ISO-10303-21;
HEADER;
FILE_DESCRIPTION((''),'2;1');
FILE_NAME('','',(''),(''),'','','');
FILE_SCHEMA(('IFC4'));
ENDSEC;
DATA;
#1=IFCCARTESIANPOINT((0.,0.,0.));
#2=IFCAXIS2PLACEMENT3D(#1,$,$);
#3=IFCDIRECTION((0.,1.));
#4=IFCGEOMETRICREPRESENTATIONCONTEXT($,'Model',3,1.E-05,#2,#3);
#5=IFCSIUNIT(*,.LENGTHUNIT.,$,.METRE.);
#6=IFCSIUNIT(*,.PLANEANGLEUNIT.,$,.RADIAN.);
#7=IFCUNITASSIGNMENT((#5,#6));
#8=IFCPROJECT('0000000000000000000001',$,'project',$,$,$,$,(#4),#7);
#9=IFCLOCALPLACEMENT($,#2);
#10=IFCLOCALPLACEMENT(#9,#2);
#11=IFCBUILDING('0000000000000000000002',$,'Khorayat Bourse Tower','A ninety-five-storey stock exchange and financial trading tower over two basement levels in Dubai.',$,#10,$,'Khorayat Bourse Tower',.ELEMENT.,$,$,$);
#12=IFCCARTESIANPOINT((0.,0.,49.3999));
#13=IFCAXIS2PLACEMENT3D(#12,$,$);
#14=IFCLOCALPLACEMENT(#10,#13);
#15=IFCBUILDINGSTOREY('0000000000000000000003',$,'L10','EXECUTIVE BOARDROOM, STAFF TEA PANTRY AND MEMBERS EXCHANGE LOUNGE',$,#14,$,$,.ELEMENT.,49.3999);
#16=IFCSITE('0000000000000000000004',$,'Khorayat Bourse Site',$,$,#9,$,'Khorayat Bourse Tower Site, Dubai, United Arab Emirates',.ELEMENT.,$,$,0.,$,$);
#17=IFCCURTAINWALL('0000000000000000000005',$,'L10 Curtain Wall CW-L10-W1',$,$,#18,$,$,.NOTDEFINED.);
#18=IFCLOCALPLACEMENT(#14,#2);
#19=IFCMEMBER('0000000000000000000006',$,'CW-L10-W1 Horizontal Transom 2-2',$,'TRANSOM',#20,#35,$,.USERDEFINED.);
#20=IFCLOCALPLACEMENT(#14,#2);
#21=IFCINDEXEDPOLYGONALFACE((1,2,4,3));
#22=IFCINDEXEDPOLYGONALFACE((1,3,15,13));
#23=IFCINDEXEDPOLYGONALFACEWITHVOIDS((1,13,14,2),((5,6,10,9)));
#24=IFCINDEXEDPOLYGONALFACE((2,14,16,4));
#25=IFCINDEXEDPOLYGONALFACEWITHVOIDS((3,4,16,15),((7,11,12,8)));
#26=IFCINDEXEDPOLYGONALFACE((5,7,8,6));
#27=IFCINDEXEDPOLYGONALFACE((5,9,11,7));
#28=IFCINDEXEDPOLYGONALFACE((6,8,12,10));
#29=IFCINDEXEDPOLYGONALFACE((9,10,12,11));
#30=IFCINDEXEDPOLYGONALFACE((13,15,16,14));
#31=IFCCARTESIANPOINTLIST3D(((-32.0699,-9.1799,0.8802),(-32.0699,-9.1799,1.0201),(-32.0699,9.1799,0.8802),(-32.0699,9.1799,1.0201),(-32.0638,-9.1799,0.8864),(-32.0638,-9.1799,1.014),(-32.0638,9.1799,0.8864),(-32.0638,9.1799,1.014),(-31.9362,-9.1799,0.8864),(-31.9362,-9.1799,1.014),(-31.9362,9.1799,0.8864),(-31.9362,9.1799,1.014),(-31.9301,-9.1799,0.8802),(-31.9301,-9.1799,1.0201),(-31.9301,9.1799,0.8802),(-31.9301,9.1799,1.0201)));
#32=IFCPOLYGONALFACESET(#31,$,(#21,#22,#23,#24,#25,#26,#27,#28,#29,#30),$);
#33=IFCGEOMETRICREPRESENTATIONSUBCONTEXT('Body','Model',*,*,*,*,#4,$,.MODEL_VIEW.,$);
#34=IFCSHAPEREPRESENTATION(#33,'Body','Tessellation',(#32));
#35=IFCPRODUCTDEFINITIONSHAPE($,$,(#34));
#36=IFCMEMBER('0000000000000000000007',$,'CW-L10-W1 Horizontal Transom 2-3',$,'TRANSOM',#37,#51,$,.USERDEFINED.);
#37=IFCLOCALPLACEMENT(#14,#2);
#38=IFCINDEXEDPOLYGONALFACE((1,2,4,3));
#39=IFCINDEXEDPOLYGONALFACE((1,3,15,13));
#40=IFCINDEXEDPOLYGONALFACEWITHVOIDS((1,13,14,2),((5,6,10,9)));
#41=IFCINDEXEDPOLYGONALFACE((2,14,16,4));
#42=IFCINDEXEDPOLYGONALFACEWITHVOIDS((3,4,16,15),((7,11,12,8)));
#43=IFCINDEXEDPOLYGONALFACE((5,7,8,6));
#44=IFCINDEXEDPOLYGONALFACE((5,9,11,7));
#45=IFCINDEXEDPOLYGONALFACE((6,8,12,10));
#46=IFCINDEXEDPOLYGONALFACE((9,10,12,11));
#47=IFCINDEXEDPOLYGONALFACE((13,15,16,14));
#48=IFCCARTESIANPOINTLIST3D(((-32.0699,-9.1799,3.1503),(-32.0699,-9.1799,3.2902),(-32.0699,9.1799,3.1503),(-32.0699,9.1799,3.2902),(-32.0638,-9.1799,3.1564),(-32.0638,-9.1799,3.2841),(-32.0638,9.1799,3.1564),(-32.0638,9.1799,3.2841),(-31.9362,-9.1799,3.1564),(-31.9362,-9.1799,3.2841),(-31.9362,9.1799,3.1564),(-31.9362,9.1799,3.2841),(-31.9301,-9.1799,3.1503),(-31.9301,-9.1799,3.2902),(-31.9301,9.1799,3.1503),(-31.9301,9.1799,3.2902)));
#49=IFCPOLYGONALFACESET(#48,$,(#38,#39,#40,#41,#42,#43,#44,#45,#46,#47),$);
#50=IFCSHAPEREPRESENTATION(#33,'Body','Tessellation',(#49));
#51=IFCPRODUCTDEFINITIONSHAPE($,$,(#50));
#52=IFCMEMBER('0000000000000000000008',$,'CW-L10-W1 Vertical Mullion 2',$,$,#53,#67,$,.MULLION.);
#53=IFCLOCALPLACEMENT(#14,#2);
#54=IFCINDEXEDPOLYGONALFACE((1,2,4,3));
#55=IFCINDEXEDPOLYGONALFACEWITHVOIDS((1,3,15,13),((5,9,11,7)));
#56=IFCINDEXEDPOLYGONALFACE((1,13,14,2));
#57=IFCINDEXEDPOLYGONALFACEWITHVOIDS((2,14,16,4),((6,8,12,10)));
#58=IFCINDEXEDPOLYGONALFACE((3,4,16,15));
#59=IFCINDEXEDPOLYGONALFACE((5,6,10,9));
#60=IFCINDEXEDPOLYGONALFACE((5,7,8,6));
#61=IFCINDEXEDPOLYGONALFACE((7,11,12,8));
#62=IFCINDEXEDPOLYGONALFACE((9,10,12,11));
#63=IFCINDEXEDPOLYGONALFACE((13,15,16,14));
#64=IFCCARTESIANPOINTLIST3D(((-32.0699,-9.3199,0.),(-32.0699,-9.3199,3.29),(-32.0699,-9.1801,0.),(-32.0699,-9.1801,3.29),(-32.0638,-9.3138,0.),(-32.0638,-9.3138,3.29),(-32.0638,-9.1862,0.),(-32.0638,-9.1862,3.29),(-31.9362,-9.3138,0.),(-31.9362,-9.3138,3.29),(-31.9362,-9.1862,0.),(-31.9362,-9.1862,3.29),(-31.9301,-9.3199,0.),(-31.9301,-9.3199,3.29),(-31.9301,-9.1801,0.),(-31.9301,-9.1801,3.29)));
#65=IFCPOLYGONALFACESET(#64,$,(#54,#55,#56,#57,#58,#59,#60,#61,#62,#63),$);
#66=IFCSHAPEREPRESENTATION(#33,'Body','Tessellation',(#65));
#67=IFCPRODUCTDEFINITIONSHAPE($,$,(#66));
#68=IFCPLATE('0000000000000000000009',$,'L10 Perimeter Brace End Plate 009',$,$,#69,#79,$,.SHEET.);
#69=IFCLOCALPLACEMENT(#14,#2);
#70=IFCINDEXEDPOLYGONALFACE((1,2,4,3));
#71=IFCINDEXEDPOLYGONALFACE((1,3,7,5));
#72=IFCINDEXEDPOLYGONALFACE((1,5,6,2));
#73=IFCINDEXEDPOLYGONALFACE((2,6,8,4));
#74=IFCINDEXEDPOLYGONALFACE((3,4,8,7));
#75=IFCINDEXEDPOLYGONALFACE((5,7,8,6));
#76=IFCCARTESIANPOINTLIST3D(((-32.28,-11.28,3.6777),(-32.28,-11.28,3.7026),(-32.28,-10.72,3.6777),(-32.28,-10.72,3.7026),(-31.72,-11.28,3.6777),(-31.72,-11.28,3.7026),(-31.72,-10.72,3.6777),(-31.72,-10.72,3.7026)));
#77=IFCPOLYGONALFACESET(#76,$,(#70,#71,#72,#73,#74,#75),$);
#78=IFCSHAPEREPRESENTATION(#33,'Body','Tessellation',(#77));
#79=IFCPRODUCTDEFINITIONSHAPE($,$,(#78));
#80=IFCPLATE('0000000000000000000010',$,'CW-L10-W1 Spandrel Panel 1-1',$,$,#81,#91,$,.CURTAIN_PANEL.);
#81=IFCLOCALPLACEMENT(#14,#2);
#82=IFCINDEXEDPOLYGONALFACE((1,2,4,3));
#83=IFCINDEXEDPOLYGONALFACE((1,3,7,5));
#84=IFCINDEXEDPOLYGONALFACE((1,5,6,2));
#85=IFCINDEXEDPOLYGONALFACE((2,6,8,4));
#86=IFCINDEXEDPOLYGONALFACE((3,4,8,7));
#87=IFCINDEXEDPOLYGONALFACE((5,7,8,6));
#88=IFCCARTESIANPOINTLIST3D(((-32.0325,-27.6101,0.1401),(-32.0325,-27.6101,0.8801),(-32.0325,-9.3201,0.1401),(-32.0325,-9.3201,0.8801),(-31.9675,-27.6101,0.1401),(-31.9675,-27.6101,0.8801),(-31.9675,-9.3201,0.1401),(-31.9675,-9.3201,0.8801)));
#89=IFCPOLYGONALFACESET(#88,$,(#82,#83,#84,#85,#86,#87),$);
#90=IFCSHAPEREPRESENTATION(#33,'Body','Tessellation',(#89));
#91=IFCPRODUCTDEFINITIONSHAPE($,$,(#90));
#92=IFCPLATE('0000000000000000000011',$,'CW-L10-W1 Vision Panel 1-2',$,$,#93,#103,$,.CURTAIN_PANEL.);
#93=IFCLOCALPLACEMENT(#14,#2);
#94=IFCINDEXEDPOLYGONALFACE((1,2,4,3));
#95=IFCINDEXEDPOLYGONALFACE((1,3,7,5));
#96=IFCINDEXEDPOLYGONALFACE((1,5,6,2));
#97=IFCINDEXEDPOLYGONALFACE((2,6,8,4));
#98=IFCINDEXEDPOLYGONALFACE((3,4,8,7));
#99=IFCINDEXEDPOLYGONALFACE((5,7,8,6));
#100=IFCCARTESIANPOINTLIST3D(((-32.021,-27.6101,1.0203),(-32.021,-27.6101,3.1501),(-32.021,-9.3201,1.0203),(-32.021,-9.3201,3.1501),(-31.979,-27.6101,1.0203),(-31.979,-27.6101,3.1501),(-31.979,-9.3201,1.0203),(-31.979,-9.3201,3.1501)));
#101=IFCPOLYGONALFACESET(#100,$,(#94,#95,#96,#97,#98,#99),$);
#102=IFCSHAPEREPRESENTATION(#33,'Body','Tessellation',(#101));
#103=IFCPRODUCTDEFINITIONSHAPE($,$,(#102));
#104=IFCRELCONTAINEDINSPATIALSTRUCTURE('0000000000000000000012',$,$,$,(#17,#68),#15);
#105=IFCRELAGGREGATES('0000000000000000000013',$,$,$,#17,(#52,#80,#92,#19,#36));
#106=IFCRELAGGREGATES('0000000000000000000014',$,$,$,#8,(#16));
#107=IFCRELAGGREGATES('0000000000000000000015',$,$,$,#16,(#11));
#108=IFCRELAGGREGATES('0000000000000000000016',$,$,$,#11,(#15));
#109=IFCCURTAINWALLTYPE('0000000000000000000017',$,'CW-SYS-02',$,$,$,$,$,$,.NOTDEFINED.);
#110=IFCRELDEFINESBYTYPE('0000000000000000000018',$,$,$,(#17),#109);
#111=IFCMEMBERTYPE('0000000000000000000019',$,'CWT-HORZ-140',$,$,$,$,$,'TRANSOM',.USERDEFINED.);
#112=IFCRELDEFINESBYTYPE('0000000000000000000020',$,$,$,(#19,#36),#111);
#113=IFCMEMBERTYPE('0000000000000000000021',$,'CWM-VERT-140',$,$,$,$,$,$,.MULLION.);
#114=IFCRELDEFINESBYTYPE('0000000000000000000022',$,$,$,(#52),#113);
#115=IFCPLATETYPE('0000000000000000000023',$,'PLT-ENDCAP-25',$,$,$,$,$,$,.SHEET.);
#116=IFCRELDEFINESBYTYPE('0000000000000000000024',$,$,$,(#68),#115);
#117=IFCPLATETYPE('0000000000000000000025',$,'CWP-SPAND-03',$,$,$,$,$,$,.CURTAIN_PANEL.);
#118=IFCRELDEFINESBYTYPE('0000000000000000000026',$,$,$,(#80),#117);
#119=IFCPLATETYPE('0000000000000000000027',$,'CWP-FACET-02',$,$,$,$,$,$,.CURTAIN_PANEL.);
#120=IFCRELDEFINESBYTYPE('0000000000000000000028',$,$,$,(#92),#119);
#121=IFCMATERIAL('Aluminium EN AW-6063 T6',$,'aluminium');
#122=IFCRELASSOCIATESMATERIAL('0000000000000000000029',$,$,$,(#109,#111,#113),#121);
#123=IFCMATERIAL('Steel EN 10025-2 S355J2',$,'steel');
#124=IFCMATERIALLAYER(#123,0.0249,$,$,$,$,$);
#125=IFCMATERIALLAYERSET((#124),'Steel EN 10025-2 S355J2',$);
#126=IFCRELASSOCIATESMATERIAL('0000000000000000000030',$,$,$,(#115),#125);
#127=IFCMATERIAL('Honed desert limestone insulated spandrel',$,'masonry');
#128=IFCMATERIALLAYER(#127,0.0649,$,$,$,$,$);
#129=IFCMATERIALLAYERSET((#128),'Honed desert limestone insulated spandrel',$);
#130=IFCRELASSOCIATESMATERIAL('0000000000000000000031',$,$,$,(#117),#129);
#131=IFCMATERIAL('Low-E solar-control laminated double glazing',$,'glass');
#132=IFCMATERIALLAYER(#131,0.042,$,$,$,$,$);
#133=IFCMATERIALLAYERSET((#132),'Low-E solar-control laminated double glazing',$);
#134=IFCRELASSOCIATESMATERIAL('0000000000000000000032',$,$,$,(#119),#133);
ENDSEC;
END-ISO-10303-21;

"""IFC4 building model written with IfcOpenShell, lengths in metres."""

from ifc_helpers import new_model, si_unit, direction, frame, origin, origin_2d, place, context, subcontext, project, spatial, rectangle, hollow_rectangle, extrude, source, transform, mapped, material, layer, layer_set, material_profile, profile_set, type_object, element, aggregate, save


model = new_model("IFC4")

# Units and contexts
model_context = context("Model", 3, precision=1e-05, world=origin(), true_north=direction((0.0, 1.0)))
body_context = subcontext(model_context, "Body", "Model", "MODEL_VIEW")
ifc_project = project(units=[si_unit("LENGTHUNIT", "METRE"), si_unit("PLANEANGLEUNIT", "RADIAN")], contexts=[model_context])

# Site, building, storey
site_placement = place(None, origin())
site = spatial("IfcSite", under=ifc_project, at=site_placement, Name="Khorayat Bourse Site", LongName="Khorayat Bourse Tower Site, Dubai, United Arab Emirates", CompositionType="ELEMENT", RefElevation=0.0)
building_placement = place(site_placement, origin())
building = spatial("IfcBuilding", under=site, at=building_placement, Name="Khorayat Bourse Tower", Description="A ninety-five-storey stock exchange and financial trading tower over two basement levels in Dubai.", LongName="Khorayat Bourse Tower", CompositionType="ELEMENT")
storey_placement = place(building_placement, frame((0.0, 0.0, 49.3999)))
storey = spatial("IfcBuildingStorey", under=building, at=storey_placement, Name="L10", Description="EXECUTIVE BOARDROOM, STAFF TEA PANTRY AND MEMBERS EXCHANGE LOUNGE", CompositionType="ELEMENT", Elevation=49.3999)

# Curtain wall, members
ifc_material_1 = material(Name="Aluminium EN AW-6063 T6", Category="aluminium")
curtain_wall_type = type_object("IfcCurtainWallType", Name="CW-SYS-02", PredefinedType="NOTDEFINED", material=ifc_material_1)
curtain_wall_placement = place(storey_placement, origin())
curtain_wall = element("IfcCurtainWall", 1, at=curtain_wall_placement, inside=storey, type_object=curtain_wall_type, Name="L10 Curtain Wall CW-L10-W1", PredefinedType="NOTDEFINED")
ifc_material_profile_1 = material_profile(ifc_material_1, hollow_rectangle(XDim=0.1399, YDim=0.1399, WallThickness=0.0061, at=origin_2d()), Name="ALU 140x140x6")
ifc_profile_set_1 = profile_set([ifc_material_profile_1], Name="Aluminium EN AW-6063 T6")
member_type_1 = type_object("IfcMemberType", Name="CWT-HORZ-140", ElementType="TRANSOM", PredefinedType="USERDEFINED", material=ifc_profile_set_1)
shared_shape_1 = source(origin(), body_context, "Body", "SweptSolid", [
    extrude(hollow_rectangle(XDim=0.1399, YDim=0.1399, WallThickness=0.0061, at=origin_2d()), origin(), (0.0, 0.0, 1.0), 18.3599),
])
member_1_placement = place(storey_placement, frame((-32.0, -9.1799, 0.9502), z_axis=(0.0, 1.0, 0.0), x_axis=(-1.0, 0.0, 0.0)))
member_1 = element("IfcMember", 2, at=member_1_placement, type_object=member_type_1, Name="CW-L10-W1 Horizontal Transom 2-2", ObjectType="TRANSOM", PredefinedType="USERDEFINED", context=body_context, shape_type="MappedRepresentation", body=[
    mapped(shared_shape_1, transform((0.0, 0.0, 0.0), scale=1.0)),
])
member_2_placement = place(storey_placement, frame((-32.0, -9.1799, 3.2202), z_axis=(0.0, 1.0, 0.0), x_axis=(-1.0, 0.0, 0.0)))
member_2 = element("IfcMember", 3, at=member_2_placement, type_object=member_type_1, Name="CW-L10-W1 Horizontal Transom 2-3", ObjectType="TRANSOM", PredefinedType="USERDEFINED", context=body_context, shape_type="MappedRepresentation", body=[
    mapped(shared_shape_1, transform((0.0, 0.0, 0.0), scale=1.0)),
])
ifc_material_profile_2 = material_profile(ifc_material_1, hollow_rectangle(XDim=0.1399, YDim=0.1399, WallThickness=0.0061, at=origin_2d()), Name="ALU 140x140x6")
ifc_profile_set_2 = profile_set([ifc_material_profile_2], Name="Aluminium EN AW-6063 T6")
member_type_2 = type_object("IfcMemberType", Name="CWM-VERT-140", PredefinedType="MULLION", material=ifc_profile_set_2)
shared_shape_2 = source(origin(), body_context, "Body", "SweptSolid", [
    extrude(hollow_rectangle(XDim=0.1399, YDim=0.1399, WallThickness=0.0061, at=origin_2d()), origin(), (0.0, 0.0, 1.0), 3.29),
])
member_3_placement = place(storey_placement, frame((-32.0, -9.25, 0.0), z_axis=(0.0, 0.0, 1.0), x_axis=(-1.0, 0.0, 0.0)))
member_3 = element("IfcMember", 4, at=member_3_placement, type_object=member_type_2, Name="CW-L10-W1 Vertical Mullion 2", PredefinedType="MULLION", context=body_context, shape_type="MappedRepresentation", body=[
    mapped(shared_shape_2, transform((0.0, 0.0, 0.0), scale=1.0)),
])

# Plates
ifc_material_2 = material(Name="Steel EN 10025-2 S355J2", Category="steel")
ifc_layer_1 = layer(ifc_material_2, 0.0249)
ifc_layer_set_1 = layer_set([ifc_layer_1], Name="Steel EN 10025-2 S355J2")
plate_type_1 = type_object("IfcPlateType", Name="PLT-ENDCAP-25", PredefinedType="SHEET", material=ifc_layer_set_1)
shared_shape_3 = source(origin(), body_context, "Body", "SweptSolid", [
    extrude(rectangle(XDim=0.5601, YDim=0.5601, at=origin_2d()), origin(), (0.0, 0.0, 1.0), 0.0249),
])
plate_1_placement = place(storey_placement, frame((-32.0, -11.0, 3.6777), z_axis=(0.0, 0.0, 1.0), x_axis=(1.0, 0.0, 0.0)))
element("IfcPlate", 5, at=plate_1_placement, inside=storey, type_object=plate_type_1, Name="L10 Perimeter Brace End Plate 009", PredefinedType="SHEET", context=body_context, shape_type="MappedRepresentation", body=[
    mapped(shared_shape_3, transform((0.0, 0.0, 0.0), scale=1.0)),
])
ifc_material_3 = material(Name="Honed desert limestone insulated spandrel", Category="masonry")
ifc_layer_2 = layer(ifc_material_3, 0.0649)
ifc_layer_set_2 = layer_set([ifc_layer_2], Name="Honed desert limestone insulated spandrel")
plate_type_2 = type_object("IfcPlateType", Name="CWP-SPAND-03", PredefinedType="CURTAIN_PANEL", material=ifc_layer_set_2)
shared_shape_4 = source(origin(), body_context, "Body", "SweptSolid", [
    extrude(rectangle(XDim=18.29, YDim=0.0649, at=origin_2d()), origin(), (0.0, 0.0, 1.0), 0.74),
])
plate_2_placement = place(storey_placement, frame((-32.0, -18.4651, 0.1401), z_axis=(0.0, 0.0, 1.0), x_axis=(0.0, 1.0, 0.0)))
plate_2 = element("IfcPlate", 6, at=plate_2_placement, type_object=plate_type_2, Name="CW-L10-W1 Spandrel Panel 1-1", PredefinedType="CURTAIN_PANEL", context=body_context, shape_type="MappedRepresentation", body=[
    mapped(shared_shape_4, transform((0.0, 0.0, 0.0), scale=1.0)),
])
ifc_material_4 = material(Name="Low-E solar-control laminated double glazing", Category="glass")
ifc_layer_3 = layer(ifc_material_4, 0.042)
ifc_layer_set_3 = layer_set([ifc_layer_3], Name="Low-E solar-control laminated double glazing")
plate_type_3 = type_object("IfcPlateType", Name="CWP-FACET-02", PredefinedType="CURTAIN_PANEL", material=ifc_layer_set_3)
shared_shape_5 = source(origin(), body_context, "Body", "SweptSolid", [
    extrude(rectangle(XDim=18.29, YDim=0.042, at=origin_2d()), origin(), (0.0, 0.0, 1.0), 2.1299),
])
plate_3_placement = place(storey_placement, frame((-32.0, -18.4651, 1.0203), z_axis=(0.0, 0.0, 1.0), x_axis=(0.0, 1.0, 0.0)))
plate_3 = element("IfcPlate", 7, at=plate_3_placement, type_object=plate_type_3, Name="CW-L10-W1 Vision Panel 1-2", PredefinedType="CURTAIN_PANEL", context=body_context, shape_type="MappedRepresentation", body=[
    mapped(shared_shape_5, transform((0.0, 0.0, 0.0), scale=1.0)),
])
aggregate(curtain_wall, [member_3, plate_2, plate_3, member_1, member_2])

save(model, "model.ifc")
